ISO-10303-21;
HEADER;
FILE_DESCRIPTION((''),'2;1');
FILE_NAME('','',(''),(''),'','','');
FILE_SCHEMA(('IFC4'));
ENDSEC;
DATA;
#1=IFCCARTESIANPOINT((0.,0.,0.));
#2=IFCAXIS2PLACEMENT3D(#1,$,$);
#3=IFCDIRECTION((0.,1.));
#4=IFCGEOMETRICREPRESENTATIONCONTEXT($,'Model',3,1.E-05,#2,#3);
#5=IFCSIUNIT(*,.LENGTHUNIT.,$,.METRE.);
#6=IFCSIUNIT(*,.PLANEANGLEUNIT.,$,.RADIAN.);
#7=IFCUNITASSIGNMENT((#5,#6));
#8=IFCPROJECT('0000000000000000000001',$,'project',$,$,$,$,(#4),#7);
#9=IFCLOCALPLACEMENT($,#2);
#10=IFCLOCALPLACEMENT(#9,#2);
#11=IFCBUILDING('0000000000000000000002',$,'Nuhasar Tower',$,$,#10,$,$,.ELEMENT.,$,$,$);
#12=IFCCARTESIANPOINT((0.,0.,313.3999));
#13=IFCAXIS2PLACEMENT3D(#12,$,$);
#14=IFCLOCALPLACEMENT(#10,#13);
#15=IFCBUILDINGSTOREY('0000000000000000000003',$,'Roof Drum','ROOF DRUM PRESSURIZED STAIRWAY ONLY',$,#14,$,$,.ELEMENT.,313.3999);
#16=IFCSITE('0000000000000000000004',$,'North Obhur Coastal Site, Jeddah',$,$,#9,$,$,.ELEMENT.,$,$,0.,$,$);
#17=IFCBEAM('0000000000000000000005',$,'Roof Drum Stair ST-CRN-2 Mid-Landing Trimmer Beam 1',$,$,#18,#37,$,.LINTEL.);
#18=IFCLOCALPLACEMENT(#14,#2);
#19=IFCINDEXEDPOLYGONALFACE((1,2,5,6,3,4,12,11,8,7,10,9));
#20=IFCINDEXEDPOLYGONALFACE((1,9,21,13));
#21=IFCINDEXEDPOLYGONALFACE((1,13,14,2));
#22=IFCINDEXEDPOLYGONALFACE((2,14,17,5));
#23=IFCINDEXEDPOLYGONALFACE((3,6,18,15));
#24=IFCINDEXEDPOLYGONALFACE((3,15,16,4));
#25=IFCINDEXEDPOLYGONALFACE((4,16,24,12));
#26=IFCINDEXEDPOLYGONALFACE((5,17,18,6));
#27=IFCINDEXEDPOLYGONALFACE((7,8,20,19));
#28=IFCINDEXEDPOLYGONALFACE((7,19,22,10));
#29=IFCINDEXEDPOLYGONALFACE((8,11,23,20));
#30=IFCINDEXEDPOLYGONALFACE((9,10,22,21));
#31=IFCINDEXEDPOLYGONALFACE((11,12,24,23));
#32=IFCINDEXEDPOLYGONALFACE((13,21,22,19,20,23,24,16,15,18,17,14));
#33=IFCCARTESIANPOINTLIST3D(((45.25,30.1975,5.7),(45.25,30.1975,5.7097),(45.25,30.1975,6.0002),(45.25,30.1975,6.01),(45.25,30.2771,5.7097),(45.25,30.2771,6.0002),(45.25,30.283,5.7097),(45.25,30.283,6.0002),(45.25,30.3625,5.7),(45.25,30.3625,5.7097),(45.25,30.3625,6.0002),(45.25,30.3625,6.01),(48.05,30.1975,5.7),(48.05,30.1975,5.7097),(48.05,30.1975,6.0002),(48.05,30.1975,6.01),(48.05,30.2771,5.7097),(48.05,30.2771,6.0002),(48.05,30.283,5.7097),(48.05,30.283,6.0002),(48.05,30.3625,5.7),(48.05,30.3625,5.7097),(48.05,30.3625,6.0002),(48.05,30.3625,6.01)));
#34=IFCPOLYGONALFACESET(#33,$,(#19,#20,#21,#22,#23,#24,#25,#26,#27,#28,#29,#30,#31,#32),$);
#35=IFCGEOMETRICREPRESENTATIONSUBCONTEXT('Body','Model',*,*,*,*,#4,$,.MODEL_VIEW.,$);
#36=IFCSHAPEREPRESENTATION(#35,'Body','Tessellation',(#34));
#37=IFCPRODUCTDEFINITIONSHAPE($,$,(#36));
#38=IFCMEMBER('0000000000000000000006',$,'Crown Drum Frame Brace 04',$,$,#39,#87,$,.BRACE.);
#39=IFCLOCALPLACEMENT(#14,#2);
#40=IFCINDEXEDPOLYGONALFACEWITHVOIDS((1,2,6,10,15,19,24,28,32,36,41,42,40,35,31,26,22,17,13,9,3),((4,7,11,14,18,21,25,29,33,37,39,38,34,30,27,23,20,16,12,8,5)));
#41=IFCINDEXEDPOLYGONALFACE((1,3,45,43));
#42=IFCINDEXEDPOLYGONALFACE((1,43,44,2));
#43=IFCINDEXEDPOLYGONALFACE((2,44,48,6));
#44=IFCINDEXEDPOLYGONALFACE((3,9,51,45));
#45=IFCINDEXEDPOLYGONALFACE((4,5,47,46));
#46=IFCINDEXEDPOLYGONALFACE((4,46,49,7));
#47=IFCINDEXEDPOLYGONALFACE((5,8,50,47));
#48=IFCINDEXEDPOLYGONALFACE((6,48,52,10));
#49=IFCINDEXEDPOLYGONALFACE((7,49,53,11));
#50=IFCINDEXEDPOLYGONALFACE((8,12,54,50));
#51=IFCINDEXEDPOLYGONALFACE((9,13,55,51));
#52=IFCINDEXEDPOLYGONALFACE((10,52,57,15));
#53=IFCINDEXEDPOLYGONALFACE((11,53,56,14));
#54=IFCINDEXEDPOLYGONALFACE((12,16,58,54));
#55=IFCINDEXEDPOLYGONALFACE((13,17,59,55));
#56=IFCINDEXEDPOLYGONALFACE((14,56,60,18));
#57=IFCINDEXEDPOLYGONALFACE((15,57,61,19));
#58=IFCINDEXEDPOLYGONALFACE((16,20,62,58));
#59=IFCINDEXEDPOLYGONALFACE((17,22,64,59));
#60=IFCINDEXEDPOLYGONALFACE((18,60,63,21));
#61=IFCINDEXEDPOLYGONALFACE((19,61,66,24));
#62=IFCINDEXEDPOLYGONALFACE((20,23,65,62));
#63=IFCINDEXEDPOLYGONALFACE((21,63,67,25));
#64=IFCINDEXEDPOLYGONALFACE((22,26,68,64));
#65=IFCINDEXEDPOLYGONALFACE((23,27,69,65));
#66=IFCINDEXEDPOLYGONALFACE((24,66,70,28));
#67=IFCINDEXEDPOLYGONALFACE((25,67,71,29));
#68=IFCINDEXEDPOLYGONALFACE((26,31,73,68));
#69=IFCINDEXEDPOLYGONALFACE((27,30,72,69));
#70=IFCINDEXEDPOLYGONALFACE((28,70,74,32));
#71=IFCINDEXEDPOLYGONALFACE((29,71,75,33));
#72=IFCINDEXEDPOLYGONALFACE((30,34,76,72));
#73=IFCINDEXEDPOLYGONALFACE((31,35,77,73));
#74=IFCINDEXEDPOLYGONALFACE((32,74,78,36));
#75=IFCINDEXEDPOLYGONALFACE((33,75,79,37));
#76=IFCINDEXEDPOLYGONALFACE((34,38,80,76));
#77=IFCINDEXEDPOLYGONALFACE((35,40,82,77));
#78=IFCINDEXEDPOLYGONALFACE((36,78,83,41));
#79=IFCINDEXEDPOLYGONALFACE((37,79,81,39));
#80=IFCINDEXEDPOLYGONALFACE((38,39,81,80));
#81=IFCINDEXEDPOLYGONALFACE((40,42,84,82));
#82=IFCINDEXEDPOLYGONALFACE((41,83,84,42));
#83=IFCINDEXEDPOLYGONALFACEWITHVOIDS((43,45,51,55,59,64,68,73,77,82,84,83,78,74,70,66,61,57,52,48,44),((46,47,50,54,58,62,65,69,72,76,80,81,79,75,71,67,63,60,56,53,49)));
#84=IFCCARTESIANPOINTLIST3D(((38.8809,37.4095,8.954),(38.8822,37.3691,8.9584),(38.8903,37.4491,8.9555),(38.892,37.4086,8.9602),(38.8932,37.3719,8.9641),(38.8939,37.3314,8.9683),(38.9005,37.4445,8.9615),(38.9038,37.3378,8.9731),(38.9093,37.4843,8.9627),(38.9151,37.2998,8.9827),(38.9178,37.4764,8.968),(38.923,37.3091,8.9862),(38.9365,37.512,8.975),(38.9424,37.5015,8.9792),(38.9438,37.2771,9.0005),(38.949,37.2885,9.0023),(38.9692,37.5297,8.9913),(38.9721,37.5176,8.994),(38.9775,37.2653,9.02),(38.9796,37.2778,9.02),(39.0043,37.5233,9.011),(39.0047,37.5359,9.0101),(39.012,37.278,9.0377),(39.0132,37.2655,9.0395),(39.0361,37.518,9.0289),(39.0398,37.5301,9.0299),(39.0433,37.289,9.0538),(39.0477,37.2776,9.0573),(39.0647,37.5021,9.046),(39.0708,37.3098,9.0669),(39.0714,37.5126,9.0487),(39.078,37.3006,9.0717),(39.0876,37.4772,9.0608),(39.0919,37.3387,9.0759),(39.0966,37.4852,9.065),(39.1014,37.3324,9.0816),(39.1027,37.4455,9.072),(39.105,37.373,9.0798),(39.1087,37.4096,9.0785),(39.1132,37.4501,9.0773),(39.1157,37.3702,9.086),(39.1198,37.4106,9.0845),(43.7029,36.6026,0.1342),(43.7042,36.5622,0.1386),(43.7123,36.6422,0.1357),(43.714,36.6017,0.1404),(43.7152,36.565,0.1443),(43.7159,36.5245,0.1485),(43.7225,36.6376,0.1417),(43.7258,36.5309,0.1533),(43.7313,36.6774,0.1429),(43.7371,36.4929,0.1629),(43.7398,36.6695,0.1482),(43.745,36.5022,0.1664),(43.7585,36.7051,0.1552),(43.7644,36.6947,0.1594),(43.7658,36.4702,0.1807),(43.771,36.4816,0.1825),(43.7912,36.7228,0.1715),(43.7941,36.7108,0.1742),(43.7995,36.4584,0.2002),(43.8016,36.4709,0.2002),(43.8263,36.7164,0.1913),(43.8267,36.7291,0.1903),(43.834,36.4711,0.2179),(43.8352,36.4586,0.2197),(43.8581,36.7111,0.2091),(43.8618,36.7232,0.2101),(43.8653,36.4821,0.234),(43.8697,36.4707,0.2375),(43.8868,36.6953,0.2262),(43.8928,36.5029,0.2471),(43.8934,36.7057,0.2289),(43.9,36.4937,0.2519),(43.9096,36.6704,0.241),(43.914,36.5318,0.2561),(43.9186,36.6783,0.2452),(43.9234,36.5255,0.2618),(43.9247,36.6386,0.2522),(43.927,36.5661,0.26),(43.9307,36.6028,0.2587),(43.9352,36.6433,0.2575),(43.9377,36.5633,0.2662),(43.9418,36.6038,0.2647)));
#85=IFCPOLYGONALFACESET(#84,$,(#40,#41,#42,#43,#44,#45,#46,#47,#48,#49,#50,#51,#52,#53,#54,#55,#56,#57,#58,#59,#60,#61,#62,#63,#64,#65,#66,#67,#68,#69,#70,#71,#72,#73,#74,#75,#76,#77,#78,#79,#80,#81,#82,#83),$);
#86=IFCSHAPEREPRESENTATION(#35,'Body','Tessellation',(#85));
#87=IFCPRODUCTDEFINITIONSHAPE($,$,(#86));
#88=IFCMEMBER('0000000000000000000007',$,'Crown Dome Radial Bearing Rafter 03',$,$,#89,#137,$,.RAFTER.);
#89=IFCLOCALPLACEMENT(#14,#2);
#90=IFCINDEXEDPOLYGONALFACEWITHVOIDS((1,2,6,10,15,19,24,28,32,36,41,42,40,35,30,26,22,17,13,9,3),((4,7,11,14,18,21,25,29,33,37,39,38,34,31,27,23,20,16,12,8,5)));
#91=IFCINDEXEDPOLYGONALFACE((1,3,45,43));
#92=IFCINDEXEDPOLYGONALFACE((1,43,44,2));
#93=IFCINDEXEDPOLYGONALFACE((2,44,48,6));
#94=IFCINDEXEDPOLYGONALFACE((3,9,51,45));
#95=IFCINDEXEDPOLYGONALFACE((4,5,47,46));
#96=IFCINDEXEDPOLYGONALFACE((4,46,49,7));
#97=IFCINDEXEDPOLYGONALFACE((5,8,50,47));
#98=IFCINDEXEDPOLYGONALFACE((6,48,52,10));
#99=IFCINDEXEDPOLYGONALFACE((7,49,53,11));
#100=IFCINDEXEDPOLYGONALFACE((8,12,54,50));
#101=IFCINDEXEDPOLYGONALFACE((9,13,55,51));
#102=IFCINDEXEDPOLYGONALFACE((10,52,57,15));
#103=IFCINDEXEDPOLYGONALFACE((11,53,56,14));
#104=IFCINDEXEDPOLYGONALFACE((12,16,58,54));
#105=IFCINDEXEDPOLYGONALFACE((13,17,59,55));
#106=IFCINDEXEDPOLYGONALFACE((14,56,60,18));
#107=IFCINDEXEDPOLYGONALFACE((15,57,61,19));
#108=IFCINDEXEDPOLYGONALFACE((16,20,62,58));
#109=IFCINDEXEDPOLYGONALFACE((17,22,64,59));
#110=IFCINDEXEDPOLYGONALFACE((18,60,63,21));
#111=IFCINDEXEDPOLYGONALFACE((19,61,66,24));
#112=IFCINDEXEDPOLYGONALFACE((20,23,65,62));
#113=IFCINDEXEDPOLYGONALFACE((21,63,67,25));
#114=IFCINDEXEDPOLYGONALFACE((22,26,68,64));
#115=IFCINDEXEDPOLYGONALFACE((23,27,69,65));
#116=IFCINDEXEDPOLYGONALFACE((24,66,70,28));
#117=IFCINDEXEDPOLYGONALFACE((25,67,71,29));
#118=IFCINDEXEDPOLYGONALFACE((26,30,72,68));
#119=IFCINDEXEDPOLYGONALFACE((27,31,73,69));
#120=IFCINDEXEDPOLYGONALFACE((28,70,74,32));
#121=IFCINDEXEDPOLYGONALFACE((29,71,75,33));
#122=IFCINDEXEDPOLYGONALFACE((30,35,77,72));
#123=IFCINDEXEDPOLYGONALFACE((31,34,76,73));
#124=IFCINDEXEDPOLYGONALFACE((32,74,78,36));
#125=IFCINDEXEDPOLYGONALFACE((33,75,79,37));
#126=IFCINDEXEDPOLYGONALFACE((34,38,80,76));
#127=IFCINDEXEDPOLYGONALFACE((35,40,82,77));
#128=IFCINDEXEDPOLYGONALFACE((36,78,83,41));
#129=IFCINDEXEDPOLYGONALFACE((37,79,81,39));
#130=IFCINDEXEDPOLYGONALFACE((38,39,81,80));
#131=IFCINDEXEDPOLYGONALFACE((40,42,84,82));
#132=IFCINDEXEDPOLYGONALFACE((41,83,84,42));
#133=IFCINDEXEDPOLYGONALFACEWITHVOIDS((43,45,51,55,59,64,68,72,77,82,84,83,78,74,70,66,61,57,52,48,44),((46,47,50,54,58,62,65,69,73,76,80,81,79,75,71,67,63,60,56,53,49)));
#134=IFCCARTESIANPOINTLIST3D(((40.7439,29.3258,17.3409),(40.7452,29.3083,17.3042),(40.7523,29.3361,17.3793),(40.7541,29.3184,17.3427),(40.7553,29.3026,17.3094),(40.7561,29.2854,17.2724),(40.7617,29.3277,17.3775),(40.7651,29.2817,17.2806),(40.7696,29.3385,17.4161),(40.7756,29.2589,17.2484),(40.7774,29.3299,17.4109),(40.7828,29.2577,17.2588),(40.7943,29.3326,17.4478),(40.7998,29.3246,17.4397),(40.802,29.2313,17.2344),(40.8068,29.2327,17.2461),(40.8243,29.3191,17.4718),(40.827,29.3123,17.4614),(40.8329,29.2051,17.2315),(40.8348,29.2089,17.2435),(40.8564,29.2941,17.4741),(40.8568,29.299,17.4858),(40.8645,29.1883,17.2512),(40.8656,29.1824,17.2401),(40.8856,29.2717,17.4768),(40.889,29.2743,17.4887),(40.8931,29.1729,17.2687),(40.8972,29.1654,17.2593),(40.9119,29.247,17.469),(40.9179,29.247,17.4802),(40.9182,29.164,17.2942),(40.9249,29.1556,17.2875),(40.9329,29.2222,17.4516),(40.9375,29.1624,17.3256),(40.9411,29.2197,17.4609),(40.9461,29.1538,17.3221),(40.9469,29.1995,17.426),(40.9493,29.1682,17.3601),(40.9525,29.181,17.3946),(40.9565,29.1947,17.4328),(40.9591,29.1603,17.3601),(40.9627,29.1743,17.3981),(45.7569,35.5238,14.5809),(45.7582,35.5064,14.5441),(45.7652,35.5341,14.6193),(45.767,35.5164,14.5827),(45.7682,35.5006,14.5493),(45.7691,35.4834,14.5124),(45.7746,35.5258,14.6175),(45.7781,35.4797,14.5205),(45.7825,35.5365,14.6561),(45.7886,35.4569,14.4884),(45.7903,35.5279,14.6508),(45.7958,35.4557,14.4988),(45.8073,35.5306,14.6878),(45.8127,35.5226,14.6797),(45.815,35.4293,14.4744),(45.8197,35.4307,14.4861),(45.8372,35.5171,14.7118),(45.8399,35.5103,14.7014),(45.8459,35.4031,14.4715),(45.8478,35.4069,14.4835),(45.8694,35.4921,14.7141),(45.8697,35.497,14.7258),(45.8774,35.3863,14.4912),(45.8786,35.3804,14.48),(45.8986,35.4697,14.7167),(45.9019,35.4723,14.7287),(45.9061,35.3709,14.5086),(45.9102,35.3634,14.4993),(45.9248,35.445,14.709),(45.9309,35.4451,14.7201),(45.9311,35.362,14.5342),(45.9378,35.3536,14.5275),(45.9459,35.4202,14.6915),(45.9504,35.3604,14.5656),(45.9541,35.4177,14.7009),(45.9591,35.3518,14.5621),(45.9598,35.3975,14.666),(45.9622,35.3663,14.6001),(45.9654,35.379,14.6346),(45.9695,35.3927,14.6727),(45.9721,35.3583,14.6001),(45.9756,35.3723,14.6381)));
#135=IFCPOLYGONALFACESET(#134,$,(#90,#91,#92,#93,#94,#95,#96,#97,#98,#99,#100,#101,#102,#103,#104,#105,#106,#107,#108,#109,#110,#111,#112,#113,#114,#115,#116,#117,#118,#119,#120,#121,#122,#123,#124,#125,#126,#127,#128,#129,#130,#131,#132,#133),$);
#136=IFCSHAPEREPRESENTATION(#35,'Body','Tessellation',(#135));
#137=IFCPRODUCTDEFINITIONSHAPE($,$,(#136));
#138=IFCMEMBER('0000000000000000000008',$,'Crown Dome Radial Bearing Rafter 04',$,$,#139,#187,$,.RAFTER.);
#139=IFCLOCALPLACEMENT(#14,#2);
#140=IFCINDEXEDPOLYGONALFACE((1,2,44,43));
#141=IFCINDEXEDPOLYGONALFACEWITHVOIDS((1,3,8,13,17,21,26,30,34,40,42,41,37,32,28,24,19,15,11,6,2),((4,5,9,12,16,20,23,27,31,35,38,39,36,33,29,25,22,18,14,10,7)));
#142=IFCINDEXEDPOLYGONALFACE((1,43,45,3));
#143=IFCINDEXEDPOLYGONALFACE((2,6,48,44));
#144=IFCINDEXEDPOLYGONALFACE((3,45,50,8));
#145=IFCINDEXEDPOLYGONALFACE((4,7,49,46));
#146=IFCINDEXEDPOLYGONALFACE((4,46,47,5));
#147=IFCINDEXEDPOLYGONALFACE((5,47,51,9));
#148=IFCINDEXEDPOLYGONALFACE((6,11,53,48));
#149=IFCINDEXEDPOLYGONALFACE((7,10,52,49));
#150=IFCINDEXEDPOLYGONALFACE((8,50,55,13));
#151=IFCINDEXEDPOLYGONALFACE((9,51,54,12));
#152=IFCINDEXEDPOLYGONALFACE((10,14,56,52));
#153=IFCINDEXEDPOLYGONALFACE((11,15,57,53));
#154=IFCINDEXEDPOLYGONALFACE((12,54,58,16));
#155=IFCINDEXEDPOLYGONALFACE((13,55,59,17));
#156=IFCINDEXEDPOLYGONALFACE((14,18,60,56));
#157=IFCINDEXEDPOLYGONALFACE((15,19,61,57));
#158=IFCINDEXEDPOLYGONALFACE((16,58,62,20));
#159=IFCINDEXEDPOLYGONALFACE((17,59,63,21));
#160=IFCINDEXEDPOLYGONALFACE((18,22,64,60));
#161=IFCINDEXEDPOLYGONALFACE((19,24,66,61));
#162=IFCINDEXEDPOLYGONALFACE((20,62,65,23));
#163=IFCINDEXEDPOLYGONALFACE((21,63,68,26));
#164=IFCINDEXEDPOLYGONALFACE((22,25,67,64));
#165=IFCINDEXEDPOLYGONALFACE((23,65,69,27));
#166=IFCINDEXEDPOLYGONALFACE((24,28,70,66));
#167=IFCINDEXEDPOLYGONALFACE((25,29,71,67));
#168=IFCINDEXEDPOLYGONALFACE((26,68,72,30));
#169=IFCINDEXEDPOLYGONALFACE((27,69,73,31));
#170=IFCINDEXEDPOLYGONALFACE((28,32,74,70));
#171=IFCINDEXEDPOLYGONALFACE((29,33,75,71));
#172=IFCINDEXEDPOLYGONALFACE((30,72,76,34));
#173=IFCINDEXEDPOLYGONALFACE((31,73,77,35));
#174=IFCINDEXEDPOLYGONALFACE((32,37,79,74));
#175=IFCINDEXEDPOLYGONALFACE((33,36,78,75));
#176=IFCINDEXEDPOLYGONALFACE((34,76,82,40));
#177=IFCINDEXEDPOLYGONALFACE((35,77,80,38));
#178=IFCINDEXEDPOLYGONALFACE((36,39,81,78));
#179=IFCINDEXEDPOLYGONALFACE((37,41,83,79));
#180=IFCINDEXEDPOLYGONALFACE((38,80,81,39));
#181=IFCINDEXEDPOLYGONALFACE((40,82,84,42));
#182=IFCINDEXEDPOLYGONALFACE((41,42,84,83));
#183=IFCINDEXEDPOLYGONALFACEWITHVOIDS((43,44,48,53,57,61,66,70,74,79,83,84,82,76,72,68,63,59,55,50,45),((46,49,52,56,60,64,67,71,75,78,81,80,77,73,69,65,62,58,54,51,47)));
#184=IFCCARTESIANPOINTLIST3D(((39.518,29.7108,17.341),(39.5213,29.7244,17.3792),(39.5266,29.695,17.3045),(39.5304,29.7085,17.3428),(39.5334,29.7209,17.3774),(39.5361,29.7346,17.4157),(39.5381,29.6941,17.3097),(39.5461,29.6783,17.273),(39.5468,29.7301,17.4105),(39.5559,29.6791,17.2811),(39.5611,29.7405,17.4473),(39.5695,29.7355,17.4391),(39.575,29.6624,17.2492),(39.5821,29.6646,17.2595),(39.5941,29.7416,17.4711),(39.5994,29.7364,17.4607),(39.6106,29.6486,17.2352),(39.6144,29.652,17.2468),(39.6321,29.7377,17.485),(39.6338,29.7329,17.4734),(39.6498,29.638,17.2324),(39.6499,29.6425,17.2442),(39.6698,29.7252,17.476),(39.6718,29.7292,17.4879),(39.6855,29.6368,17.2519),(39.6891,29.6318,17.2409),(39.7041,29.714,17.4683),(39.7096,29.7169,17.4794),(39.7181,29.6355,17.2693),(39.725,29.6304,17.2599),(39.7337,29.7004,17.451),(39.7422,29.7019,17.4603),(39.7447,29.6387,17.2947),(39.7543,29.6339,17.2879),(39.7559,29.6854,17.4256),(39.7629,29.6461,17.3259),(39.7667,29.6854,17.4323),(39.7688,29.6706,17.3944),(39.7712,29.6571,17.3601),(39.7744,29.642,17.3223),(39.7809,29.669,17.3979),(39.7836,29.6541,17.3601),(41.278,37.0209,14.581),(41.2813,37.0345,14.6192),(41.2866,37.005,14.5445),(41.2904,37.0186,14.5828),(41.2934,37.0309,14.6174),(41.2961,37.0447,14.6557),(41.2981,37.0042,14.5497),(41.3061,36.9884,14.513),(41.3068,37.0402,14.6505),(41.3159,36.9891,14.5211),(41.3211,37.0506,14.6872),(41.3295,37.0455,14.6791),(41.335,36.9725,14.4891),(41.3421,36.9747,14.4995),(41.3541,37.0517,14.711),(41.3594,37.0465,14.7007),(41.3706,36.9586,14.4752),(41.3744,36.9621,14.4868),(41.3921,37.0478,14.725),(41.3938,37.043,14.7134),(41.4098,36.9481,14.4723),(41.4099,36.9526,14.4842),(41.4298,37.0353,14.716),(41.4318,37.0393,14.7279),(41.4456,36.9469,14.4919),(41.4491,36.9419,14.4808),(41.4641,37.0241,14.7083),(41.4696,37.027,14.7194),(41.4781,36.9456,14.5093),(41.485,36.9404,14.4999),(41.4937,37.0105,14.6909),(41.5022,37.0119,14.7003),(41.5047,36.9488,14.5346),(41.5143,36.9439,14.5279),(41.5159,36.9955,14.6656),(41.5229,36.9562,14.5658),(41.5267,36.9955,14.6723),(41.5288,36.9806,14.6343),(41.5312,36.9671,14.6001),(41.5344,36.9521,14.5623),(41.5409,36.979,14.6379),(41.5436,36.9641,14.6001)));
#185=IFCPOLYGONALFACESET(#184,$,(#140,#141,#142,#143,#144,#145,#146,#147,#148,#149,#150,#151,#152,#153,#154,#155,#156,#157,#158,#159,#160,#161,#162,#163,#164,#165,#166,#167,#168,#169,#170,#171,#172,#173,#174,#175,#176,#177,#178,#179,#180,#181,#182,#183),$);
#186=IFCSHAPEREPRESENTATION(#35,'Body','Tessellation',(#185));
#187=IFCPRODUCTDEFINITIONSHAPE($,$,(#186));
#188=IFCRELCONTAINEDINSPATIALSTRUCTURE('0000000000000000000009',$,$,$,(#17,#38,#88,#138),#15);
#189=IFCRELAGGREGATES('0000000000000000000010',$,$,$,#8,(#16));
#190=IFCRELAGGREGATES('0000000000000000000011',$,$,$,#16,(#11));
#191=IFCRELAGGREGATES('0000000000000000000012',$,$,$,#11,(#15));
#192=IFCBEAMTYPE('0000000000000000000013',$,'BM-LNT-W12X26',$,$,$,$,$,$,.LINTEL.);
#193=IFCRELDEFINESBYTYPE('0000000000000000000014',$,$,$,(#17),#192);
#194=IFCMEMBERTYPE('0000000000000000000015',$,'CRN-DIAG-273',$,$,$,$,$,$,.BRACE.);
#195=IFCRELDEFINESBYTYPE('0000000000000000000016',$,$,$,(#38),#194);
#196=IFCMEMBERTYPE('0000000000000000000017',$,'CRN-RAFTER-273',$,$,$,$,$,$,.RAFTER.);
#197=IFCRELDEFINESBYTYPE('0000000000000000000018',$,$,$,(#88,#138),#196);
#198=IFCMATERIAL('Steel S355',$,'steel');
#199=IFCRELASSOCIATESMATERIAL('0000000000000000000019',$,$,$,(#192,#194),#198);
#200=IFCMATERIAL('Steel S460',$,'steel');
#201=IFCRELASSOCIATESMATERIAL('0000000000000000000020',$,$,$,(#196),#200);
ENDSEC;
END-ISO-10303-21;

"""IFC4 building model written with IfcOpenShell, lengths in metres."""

from ifc_helpers import new_model, si_unit, direction, frame, origin, origin_2d, place, context, subcontext, project, spatial, hollow_circle, i_section, extrude, material, material_profile, profile_set, type_object, element, save


model = new_model("IFC4")

# Units and contexts
model_context = context("Model", 3, precision=1e-05, world=origin(), true_north=direction((0.0, 1.0)))
body_context = subcontext(model_context, "Body", "Model", "MODEL_VIEW")
ifc_project = project(units=[si_unit("LENGTHUNIT", "METRE"), si_unit("PLANEANGLEUNIT", "RADIAN")], contexts=[model_context])

# Site, building, storey
site_placement = place(None, origin())
site = spatial("IfcSite", under=ifc_project, at=site_placement, Name="North Obhur Coastal Site, Jeddah", CompositionType="ELEMENT", RefElevation=0.0)
building_placement = place(site_placement, origin())
building = spatial("IfcBuilding", under=site, at=building_placement, Name="Nuhasar Tower", CompositionType="ELEMENT")
storey_placement = place(building_placement, frame((0.0, 0.0, 313.3999)))
storey = spatial("IfcBuildingStorey", under=building, at=storey_placement, Name="Roof Drum", Description="ROOF DRUM PRESSURIZED STAIRWAY ONLY", CompositionType="ELEMENT", Elevation=313.3999)

# Shared definitions
ifc_material_1 = material(Name="Steel S460", Category="steel")

# Beam
ifc_material_2 = material(Name="Steel S355", Category="steel")
ifc_material_profile_1 = material_profile(ifc_material_2, i_section(OverallWidth=0.165, OverallDepth=0.3101, WebThickness=0.0059, FlangeThickness=0.0098, at=origin_2d()), Name="W12X26")
ifc_profile_set_1 = profile_set([ifc_material_profile_1], Name="Steel S355")
beam_type_1 = type_object("IfcBeamType", Name="BM-LNT-W12X26", PredefinedType="LINTEL", material=ifc_profile_set_1)
beam_1_placement = place(storey_placement, frame((45.25, 30.28, 5.855), z_axis=(1.0, 0.0, 0.0), x_axis=(0.0, 1.0, 0.0)))
element("IfcBeam", 1, at=beam_1_placement, inside=storey, type_object=beam_type_1, Name="Roof Drum Stair ST-CRN-2 Mid-Landing Trimmer Beam 1", PredefinedType="LINTEL", context=body_context, shape_type="SweptSolid", body=[
    extrude(i_section(OverallWidth=0.165, OverallDepth=0.3101, WebThickness=0.0059, FlangeThickness=0.0098, at=origin_2d()), origin(), (0.0, 0.0, 1.0), 2.8),
])

# Members
ifc_material_profile_2 = material_profile(ifc_material_2, hollow_circle(Radius=0.1365, WallThickness=0.0127, at=origin_2d()), Name="HSS273.1X12.7")
ifc_profile_set_2 = profile_set([ifc_material_profile_2], Name="Steel S355")
member_type_1 = type_object("IfcMemberType", Name="CRN-DIAG-273", PredefinedType="BRACE", material=ifc_profile_set_2)
member_1_placement = place(storey_placement, frame((43.822, 36.593, 0.2002), z_axis=(-0.478173, 0.080014, 0.874613), x_axis=(-0.165039, -0.986287, 0.0)))
element("IfcMember", 2, at=member_1_placement, inside=storey, type_object=member_type_1, Name="Crown Drum Frame Brace 04", PredefinedType="BRACE", context=body_context, shape_type="SweptSolid", body=[
    extrude(hollow_circle(Radius=0.1365, WallThickness=0.0127, at=origin_2d()), origin(), (0.0, 0.0, 1.0), 10.0842),
])
ifc_material_profile_3 = material_profile(ifc_material_1, hollow_circle(Radius=0.1365, WallThickness=0.0127, at=origin_2d()), Name="HSS273.1X12.7")
ifc_profile_set_3 = profile_set([ifc_material_profile_3], Name="Steel S460")
member_type_2 = type_object("IfcMemberType", Name="CRN-RAFTER-273", PredefinedType="RAFTER", material=ifc_profile_set_3)
member_2_placement = place(storey_placement, frame((45.866, 35.4441, 14.6001), z_axis=(-0.594247, -0.734727, 0.327179), x_axis=(0.77752, -0.628858, 0.0)))
element("IfcMember", 3, at=member_2_placement, inside=storey, type_object=member_type_2, Name="Crown Dome Radial Bearing Rafter 03", PredefinedType="RAFTER", context=body_context, shape_type="SweptSolid", body=[
    extrude(hollow_circle(Radius=0.1365, WallThickness=0.0127, at=origin_2d()), origin(), (0.0, 0.0, 1.0), 8.4358),
])
member_3_placement = place(storey_placement, frame((41.4109, 36.9961, 14.6001), z_axis=(-0.21974, -0.912672, 0.344592), x_axis=(0.972218, -0.234077, 0.0)))
element("IfcMember", 4, at=member_3_placement, inside=storey, type_object=member_type_2, Name="Crown Dome Radial Bearing Rafter 04", PredefinedType="RAFTER", context=body_context, shape_type="SweptSolid", body=[
    extrude(hollow_circle(Radius=0.1365, WallThickness=0.0127, at=origin_2d()), origin(), (0.0, 0.0, 1.0), 8.0095),
])

save(model, "model.ifc")
